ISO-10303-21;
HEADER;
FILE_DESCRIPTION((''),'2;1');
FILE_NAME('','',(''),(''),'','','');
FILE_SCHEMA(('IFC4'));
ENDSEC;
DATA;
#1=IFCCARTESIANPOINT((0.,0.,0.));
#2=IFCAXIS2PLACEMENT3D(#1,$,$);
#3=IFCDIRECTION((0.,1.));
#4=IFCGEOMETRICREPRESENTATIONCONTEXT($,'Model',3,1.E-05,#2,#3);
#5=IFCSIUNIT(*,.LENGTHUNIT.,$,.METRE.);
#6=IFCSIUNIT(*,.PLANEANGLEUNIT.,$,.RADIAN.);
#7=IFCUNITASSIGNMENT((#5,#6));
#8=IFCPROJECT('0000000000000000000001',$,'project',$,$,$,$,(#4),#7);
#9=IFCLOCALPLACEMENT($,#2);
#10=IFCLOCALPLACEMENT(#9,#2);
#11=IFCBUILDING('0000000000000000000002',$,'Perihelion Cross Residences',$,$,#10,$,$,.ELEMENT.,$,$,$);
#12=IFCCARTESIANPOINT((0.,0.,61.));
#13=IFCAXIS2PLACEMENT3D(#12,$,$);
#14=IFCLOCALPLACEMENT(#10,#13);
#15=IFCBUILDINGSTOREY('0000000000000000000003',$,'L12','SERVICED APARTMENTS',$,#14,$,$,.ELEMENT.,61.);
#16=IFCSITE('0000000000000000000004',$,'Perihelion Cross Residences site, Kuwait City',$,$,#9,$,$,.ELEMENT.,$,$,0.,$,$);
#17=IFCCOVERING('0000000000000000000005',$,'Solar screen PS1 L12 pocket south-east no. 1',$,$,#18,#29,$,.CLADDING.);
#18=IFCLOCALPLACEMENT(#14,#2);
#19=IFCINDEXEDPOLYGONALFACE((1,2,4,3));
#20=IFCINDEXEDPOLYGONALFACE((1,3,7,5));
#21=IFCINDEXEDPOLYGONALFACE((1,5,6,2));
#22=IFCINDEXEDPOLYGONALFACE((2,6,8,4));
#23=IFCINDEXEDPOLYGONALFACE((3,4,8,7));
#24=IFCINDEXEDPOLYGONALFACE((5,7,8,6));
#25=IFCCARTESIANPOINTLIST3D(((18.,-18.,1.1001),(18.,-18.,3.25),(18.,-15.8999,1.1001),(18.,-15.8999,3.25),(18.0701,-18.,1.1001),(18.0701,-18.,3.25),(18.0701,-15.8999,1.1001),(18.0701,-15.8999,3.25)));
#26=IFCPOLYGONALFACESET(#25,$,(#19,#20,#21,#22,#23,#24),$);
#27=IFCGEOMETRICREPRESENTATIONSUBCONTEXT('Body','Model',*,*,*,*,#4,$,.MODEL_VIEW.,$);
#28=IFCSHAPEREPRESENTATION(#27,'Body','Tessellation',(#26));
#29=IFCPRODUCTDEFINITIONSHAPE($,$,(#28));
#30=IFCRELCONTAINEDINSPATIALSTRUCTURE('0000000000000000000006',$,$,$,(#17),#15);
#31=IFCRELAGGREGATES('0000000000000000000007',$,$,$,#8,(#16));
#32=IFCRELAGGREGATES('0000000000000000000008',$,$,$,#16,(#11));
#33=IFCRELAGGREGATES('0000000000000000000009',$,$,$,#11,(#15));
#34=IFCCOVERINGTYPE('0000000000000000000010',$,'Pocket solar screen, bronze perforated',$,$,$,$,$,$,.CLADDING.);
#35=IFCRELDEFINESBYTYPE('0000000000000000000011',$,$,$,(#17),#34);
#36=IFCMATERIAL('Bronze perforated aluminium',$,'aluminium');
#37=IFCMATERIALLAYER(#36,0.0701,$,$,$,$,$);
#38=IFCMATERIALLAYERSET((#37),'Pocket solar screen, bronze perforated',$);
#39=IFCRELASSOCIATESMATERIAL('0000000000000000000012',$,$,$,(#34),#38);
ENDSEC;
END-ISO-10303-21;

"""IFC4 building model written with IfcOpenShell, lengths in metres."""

from ifc_helpers import new_model, si_unit, direction, frame, origin, place, context, subcontext, project, spatial, polyline, outline, extrude, material, layer, layer_set, type_object, element, save


model = new_model("IFC4")

# Units and contexts
model_context = context("Model", 3, precision=1e-05, world=origin(), true_north=direction((0.0, 1.0)))
body_context = subcontext(model_context, "Body", "Model", "MODEL_VIEW")
ifc_project = project(units=[si_unit("LENGTHUNIT", "METRE"), si_unit("PLANEANGLEUNIT", "RADIAN")], contexts=[model_context])

# Site, building, storey
site_placement = place(None, origin())
site = spatial("IfcSite", under=ifc_project, at=site_placement, Name="Perihelion Cross Residences site, Kuwait City", CompositionType="ELEMENT", RefElevation=0.0)
building_placement = place(site_placement, origin())
building = spatial("IfcBuilding", under=site, at=building_placement, Name="Perihelion Cross Residences", CompositionType="ELEMENT")
storey_placement = place(building_placement, frame((0.0, 0.0, 61.0)))
storey = spatial("IfcBuildingStorey", under=building, at=storey_placement, Name="L12", Description="SERVICED APARTMENTS", CompositionType="ELEMENT", Elevation=61.0)

# Covering
ifc_material_1 = material(Name="Bronze perforated aluminium", Category="aluminium")
ifc_layer_1 = layer(ifc_material_1, 0.0701)
ifc_layer_set_1 = layer_set([ifc_layer_1], Name="Pocket solar screen, bronze perforated")
covering_type_1 = type_object("IfcCoveringType", Name="Pocket solar screen, bronze perforated", PredefinedType="CLADDING", material=ifc_layer_set_1)
covering_1_placement = place(storey_placement, frame((0.0, 0.0, 1.1001)))
element("IfcCovering", 1, at=covering_1_placement, inside=storey, type_object=covering_type_1, Name="Solar screen PS1 L12 pocket south-east no. 1", PredefinedType="CLADDING", context=body_context, shape_type="SweptSolid", body=[
    extrude(outline(polyline([(18.0701, -18.0), (18.0701, -15.8999), (18.0, -15.8999), (18.0, -18.0), (18.0701, -18.0)])), origin(), (0.0, 0.0, 1.0), 2.1499),
])

save(model, "model.ifc")
